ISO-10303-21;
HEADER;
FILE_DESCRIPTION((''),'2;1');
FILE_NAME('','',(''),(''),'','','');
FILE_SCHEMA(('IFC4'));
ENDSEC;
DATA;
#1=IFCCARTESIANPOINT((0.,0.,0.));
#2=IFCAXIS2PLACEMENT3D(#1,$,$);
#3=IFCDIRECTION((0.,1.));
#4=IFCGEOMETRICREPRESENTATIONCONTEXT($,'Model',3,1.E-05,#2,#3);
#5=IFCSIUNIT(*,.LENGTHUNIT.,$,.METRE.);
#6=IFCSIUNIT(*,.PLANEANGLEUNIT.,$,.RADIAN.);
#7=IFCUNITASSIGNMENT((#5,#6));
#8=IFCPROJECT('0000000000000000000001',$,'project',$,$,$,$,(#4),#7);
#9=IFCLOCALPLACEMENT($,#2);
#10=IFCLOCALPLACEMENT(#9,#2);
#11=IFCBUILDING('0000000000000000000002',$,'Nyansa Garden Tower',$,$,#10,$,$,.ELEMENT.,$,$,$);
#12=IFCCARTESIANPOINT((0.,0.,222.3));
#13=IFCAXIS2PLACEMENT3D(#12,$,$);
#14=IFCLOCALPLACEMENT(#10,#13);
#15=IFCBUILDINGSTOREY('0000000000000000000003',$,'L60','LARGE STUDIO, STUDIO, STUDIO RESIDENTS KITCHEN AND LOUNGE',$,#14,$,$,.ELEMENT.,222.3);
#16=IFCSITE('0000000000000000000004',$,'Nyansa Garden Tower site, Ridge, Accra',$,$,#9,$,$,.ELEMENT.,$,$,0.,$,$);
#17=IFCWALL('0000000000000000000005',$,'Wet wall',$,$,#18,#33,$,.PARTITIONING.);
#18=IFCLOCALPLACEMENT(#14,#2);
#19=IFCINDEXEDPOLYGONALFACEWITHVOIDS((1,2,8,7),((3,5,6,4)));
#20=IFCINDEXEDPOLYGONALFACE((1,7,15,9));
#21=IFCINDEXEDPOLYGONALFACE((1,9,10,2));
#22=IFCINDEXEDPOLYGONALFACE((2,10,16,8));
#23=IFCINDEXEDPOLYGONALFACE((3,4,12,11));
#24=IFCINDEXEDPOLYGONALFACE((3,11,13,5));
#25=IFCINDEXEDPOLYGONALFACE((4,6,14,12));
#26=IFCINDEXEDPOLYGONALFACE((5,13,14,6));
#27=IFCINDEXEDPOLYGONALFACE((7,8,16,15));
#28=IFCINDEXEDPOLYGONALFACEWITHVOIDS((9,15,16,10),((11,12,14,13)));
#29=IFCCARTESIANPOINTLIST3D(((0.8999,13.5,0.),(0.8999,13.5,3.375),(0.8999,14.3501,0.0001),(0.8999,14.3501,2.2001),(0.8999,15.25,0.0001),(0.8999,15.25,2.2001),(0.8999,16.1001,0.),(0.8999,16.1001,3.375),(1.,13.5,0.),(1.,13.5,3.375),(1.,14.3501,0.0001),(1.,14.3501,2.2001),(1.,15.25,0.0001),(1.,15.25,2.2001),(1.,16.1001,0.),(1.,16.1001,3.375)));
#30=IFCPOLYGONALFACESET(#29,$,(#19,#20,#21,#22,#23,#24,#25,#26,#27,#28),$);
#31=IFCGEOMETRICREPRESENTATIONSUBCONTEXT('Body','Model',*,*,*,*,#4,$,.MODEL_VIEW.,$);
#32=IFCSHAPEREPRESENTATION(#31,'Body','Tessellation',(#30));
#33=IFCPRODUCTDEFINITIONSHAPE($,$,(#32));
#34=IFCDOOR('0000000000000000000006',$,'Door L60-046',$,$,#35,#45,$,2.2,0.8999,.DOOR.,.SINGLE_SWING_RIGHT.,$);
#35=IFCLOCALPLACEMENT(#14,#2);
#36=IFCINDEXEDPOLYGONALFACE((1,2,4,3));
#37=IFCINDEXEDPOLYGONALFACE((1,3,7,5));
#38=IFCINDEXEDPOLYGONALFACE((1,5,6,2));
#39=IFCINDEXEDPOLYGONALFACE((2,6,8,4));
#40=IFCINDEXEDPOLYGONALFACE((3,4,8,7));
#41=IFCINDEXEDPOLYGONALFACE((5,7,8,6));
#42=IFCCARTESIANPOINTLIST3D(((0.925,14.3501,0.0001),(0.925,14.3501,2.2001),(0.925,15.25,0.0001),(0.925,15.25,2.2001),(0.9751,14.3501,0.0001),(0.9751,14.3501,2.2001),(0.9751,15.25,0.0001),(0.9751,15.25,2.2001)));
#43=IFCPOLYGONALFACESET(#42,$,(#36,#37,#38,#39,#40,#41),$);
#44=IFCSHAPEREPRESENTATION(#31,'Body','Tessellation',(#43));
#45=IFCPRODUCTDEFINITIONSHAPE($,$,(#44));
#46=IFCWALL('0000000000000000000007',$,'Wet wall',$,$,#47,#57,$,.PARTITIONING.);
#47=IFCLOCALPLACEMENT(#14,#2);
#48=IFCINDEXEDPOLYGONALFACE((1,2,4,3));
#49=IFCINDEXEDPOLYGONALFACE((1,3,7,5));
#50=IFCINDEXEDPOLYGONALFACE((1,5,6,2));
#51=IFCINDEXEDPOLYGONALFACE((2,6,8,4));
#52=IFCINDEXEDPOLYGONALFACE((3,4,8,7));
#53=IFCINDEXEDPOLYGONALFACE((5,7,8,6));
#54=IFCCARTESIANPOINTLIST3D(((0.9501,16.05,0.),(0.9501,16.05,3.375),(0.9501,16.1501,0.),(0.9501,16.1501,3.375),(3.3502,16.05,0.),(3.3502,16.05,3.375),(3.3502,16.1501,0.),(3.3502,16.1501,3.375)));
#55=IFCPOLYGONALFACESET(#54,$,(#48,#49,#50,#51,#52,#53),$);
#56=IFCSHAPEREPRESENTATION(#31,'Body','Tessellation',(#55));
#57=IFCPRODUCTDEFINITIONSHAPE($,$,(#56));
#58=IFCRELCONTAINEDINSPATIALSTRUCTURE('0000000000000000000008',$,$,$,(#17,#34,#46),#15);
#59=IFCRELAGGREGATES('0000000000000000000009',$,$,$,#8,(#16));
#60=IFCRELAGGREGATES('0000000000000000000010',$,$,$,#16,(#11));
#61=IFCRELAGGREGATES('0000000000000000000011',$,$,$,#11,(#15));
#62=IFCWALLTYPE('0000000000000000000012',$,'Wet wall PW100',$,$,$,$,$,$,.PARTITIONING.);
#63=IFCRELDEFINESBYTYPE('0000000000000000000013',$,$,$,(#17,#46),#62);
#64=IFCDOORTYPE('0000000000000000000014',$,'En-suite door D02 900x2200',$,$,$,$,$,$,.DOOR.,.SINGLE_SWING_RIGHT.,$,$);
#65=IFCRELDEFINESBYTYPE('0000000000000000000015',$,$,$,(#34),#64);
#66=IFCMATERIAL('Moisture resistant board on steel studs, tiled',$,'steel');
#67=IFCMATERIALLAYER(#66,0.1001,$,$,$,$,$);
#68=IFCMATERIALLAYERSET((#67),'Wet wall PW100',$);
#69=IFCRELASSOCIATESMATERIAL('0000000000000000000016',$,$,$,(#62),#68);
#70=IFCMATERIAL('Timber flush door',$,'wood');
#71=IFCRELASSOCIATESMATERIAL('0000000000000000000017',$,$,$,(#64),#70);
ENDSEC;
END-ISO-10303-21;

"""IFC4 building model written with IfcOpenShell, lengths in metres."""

from ifc_helpers import new_model, si_unit, direction, frame, frame_2d, origin, place, context, subcontext, project, spatial, rectangle, extrude, material, layer, layer_set, type_object, element, fill, save


model = new_model("IFC4")

# Units and contexts
model_context = context("Model", 3, precision=1e-05, world=origin(), true_north=direction((0.0, 1.0)))
body_context = subcontext(model_context, "Body", "Model", "MODEL_VIEW")
ifc_project = project(units=[si_unit("LENGTHUNIT", "METRE"), si_unit("PLANEANGLEUNIT", "RADIAN")], contexts=[model_context])

# Site, building, storey
site_placement = place(None, origin())
site = spatial("IfcSite", under=ifc_project, at=site_placement, Name="Nyansa Garden Tower site, Ridge, Accra", CompositionType="ELEMENT", RefElevation=0.0)
building_placement = place(site_placement, origin())
building = spatial("IfcBuilding", under=site, at=building_placement, Name="Nyansa Garden Tower", CompositionType="ELEMENT")
storey_placement = place(building_placement, frame((0.0, 0.0, 222.3)))
storey = spatial("IfcBuildingStorey", under=building, at=storey_placement, Name="L60", Description="LARGE STUDIO, STUDIO, STUDIO RESIDENTS KITCHEN AND LOUNGE", CompositionType="ELEMENT", Elevation=222.3)

# Shared definitions
ifc_material_1 = material(Name="Moisture resistant board on steel studs, tiled", Category="steel")
ifc_layer_1 = layer(ifc_material_1, 0.1001)
ifc_layer_set_1 = layer_set([ifc_layer_1], Name="Wet wall PW100")
wall_type_1 = type_object("IfcWallType", Name="Wet wall PW100", PredefinedType="PARTITIONING", material=ifc_layer_set_1)

# Wall, opening, door
wall_1_placement = place(storey_placement, frame((0.95, 13.5, 0.0), z_axis=(0.0, 0.0, 1.0), x_axis=(0.0, 1.0, 0.0)))
wall_1 = element("IfcWall", 1, at=wall_1_placement, inside=storey, type_object=wall_type_1, Name="Wet wall", PredefinedType="PARTITIONING", context=body_context, shape_type="SweptSolid", body=[
    extrude(rectangle(XDim=2.6001, YDim=0.1001, at=frame_2d((1.3, 0.0))), origin(), (0.0, 0.0, 1.0), 3.375),
])
opening_1_placement = place(wall_1_placement, frame((0.8501, 0.0, 0.0)))
opening_1 = element("IfcOpeningElement", 2, at=opening_1_placement, cuts=wall_1, PredefinedType="OPENING", context=body_context, shape_type="SweptSolid", body=[
    extrude(rectangle(XDim=0.8999, YDim=2.2, at=frame_2d((0.45, 1.1001))), frame((0.0, 0.0601, 0.0), z_axis=(0.0, -1.0, 0.0), x_axis=(1.0, 0.0, 0.0)), (0.0, 0.0, 1.0), 0.1201),
])
ifc_material_2 = material(Name="Timber flush door", Category="wood")
door_type_1 = type_object("IfcDoorType", Name="En-suite door D02 900x2200", OperationType="SINGLE_SWING_RIGHT", PredefinedType="DOOR", material=ifc_material_2)
door_1_placement = place(opening_1_placement, origin())
door_1 = element("IfcDoor", 3, at=door_1_placement, inside=storey, type_object=door_type_1, Name="Door L60-046", OperationType="SINGLE_SWING_RIGHT", OverallHeight=2.2, OverallWidth=0.8999, PredefinedType="DOOR", context=body_context, shape_type="SweptSolid", body=[
    extrude(rectangle(XDim=0.8999, YDim=2.2, at=frame_2d((0.45, 1.1001))), frame((0.0, 0.0249, 0.0), z_axis=(0.0, -1.0, 0.0), x_axis=(1.0, 0.0, 0.0)), (0.0, 0.0, 1.0), 0.05),
])
fill(opening_1, door_1)

# Wall
wall_2_placement = place(storey_placement, frame((0.95, 16.1001, 0.0), z_axis=(0.0, 0.0, 1.0), x_axis=(1.0, 0.0, 0.0)))
element("IfcWall", 4, at=wall_2_placement, inside=storey, type_object=wall_type_1, Name="Wet wall", PredefinedType="PARTITIONING", context=body_context, shape_type="SweptSolid", body=[
    extrude(rectangle(XDim=2.4001, YDim=0.1001, at=frame_2d((1.2002, 0.0))), origin(), (0.0, 0.0, 1.0), 3.375),
])

save(model, "model.ifc")
